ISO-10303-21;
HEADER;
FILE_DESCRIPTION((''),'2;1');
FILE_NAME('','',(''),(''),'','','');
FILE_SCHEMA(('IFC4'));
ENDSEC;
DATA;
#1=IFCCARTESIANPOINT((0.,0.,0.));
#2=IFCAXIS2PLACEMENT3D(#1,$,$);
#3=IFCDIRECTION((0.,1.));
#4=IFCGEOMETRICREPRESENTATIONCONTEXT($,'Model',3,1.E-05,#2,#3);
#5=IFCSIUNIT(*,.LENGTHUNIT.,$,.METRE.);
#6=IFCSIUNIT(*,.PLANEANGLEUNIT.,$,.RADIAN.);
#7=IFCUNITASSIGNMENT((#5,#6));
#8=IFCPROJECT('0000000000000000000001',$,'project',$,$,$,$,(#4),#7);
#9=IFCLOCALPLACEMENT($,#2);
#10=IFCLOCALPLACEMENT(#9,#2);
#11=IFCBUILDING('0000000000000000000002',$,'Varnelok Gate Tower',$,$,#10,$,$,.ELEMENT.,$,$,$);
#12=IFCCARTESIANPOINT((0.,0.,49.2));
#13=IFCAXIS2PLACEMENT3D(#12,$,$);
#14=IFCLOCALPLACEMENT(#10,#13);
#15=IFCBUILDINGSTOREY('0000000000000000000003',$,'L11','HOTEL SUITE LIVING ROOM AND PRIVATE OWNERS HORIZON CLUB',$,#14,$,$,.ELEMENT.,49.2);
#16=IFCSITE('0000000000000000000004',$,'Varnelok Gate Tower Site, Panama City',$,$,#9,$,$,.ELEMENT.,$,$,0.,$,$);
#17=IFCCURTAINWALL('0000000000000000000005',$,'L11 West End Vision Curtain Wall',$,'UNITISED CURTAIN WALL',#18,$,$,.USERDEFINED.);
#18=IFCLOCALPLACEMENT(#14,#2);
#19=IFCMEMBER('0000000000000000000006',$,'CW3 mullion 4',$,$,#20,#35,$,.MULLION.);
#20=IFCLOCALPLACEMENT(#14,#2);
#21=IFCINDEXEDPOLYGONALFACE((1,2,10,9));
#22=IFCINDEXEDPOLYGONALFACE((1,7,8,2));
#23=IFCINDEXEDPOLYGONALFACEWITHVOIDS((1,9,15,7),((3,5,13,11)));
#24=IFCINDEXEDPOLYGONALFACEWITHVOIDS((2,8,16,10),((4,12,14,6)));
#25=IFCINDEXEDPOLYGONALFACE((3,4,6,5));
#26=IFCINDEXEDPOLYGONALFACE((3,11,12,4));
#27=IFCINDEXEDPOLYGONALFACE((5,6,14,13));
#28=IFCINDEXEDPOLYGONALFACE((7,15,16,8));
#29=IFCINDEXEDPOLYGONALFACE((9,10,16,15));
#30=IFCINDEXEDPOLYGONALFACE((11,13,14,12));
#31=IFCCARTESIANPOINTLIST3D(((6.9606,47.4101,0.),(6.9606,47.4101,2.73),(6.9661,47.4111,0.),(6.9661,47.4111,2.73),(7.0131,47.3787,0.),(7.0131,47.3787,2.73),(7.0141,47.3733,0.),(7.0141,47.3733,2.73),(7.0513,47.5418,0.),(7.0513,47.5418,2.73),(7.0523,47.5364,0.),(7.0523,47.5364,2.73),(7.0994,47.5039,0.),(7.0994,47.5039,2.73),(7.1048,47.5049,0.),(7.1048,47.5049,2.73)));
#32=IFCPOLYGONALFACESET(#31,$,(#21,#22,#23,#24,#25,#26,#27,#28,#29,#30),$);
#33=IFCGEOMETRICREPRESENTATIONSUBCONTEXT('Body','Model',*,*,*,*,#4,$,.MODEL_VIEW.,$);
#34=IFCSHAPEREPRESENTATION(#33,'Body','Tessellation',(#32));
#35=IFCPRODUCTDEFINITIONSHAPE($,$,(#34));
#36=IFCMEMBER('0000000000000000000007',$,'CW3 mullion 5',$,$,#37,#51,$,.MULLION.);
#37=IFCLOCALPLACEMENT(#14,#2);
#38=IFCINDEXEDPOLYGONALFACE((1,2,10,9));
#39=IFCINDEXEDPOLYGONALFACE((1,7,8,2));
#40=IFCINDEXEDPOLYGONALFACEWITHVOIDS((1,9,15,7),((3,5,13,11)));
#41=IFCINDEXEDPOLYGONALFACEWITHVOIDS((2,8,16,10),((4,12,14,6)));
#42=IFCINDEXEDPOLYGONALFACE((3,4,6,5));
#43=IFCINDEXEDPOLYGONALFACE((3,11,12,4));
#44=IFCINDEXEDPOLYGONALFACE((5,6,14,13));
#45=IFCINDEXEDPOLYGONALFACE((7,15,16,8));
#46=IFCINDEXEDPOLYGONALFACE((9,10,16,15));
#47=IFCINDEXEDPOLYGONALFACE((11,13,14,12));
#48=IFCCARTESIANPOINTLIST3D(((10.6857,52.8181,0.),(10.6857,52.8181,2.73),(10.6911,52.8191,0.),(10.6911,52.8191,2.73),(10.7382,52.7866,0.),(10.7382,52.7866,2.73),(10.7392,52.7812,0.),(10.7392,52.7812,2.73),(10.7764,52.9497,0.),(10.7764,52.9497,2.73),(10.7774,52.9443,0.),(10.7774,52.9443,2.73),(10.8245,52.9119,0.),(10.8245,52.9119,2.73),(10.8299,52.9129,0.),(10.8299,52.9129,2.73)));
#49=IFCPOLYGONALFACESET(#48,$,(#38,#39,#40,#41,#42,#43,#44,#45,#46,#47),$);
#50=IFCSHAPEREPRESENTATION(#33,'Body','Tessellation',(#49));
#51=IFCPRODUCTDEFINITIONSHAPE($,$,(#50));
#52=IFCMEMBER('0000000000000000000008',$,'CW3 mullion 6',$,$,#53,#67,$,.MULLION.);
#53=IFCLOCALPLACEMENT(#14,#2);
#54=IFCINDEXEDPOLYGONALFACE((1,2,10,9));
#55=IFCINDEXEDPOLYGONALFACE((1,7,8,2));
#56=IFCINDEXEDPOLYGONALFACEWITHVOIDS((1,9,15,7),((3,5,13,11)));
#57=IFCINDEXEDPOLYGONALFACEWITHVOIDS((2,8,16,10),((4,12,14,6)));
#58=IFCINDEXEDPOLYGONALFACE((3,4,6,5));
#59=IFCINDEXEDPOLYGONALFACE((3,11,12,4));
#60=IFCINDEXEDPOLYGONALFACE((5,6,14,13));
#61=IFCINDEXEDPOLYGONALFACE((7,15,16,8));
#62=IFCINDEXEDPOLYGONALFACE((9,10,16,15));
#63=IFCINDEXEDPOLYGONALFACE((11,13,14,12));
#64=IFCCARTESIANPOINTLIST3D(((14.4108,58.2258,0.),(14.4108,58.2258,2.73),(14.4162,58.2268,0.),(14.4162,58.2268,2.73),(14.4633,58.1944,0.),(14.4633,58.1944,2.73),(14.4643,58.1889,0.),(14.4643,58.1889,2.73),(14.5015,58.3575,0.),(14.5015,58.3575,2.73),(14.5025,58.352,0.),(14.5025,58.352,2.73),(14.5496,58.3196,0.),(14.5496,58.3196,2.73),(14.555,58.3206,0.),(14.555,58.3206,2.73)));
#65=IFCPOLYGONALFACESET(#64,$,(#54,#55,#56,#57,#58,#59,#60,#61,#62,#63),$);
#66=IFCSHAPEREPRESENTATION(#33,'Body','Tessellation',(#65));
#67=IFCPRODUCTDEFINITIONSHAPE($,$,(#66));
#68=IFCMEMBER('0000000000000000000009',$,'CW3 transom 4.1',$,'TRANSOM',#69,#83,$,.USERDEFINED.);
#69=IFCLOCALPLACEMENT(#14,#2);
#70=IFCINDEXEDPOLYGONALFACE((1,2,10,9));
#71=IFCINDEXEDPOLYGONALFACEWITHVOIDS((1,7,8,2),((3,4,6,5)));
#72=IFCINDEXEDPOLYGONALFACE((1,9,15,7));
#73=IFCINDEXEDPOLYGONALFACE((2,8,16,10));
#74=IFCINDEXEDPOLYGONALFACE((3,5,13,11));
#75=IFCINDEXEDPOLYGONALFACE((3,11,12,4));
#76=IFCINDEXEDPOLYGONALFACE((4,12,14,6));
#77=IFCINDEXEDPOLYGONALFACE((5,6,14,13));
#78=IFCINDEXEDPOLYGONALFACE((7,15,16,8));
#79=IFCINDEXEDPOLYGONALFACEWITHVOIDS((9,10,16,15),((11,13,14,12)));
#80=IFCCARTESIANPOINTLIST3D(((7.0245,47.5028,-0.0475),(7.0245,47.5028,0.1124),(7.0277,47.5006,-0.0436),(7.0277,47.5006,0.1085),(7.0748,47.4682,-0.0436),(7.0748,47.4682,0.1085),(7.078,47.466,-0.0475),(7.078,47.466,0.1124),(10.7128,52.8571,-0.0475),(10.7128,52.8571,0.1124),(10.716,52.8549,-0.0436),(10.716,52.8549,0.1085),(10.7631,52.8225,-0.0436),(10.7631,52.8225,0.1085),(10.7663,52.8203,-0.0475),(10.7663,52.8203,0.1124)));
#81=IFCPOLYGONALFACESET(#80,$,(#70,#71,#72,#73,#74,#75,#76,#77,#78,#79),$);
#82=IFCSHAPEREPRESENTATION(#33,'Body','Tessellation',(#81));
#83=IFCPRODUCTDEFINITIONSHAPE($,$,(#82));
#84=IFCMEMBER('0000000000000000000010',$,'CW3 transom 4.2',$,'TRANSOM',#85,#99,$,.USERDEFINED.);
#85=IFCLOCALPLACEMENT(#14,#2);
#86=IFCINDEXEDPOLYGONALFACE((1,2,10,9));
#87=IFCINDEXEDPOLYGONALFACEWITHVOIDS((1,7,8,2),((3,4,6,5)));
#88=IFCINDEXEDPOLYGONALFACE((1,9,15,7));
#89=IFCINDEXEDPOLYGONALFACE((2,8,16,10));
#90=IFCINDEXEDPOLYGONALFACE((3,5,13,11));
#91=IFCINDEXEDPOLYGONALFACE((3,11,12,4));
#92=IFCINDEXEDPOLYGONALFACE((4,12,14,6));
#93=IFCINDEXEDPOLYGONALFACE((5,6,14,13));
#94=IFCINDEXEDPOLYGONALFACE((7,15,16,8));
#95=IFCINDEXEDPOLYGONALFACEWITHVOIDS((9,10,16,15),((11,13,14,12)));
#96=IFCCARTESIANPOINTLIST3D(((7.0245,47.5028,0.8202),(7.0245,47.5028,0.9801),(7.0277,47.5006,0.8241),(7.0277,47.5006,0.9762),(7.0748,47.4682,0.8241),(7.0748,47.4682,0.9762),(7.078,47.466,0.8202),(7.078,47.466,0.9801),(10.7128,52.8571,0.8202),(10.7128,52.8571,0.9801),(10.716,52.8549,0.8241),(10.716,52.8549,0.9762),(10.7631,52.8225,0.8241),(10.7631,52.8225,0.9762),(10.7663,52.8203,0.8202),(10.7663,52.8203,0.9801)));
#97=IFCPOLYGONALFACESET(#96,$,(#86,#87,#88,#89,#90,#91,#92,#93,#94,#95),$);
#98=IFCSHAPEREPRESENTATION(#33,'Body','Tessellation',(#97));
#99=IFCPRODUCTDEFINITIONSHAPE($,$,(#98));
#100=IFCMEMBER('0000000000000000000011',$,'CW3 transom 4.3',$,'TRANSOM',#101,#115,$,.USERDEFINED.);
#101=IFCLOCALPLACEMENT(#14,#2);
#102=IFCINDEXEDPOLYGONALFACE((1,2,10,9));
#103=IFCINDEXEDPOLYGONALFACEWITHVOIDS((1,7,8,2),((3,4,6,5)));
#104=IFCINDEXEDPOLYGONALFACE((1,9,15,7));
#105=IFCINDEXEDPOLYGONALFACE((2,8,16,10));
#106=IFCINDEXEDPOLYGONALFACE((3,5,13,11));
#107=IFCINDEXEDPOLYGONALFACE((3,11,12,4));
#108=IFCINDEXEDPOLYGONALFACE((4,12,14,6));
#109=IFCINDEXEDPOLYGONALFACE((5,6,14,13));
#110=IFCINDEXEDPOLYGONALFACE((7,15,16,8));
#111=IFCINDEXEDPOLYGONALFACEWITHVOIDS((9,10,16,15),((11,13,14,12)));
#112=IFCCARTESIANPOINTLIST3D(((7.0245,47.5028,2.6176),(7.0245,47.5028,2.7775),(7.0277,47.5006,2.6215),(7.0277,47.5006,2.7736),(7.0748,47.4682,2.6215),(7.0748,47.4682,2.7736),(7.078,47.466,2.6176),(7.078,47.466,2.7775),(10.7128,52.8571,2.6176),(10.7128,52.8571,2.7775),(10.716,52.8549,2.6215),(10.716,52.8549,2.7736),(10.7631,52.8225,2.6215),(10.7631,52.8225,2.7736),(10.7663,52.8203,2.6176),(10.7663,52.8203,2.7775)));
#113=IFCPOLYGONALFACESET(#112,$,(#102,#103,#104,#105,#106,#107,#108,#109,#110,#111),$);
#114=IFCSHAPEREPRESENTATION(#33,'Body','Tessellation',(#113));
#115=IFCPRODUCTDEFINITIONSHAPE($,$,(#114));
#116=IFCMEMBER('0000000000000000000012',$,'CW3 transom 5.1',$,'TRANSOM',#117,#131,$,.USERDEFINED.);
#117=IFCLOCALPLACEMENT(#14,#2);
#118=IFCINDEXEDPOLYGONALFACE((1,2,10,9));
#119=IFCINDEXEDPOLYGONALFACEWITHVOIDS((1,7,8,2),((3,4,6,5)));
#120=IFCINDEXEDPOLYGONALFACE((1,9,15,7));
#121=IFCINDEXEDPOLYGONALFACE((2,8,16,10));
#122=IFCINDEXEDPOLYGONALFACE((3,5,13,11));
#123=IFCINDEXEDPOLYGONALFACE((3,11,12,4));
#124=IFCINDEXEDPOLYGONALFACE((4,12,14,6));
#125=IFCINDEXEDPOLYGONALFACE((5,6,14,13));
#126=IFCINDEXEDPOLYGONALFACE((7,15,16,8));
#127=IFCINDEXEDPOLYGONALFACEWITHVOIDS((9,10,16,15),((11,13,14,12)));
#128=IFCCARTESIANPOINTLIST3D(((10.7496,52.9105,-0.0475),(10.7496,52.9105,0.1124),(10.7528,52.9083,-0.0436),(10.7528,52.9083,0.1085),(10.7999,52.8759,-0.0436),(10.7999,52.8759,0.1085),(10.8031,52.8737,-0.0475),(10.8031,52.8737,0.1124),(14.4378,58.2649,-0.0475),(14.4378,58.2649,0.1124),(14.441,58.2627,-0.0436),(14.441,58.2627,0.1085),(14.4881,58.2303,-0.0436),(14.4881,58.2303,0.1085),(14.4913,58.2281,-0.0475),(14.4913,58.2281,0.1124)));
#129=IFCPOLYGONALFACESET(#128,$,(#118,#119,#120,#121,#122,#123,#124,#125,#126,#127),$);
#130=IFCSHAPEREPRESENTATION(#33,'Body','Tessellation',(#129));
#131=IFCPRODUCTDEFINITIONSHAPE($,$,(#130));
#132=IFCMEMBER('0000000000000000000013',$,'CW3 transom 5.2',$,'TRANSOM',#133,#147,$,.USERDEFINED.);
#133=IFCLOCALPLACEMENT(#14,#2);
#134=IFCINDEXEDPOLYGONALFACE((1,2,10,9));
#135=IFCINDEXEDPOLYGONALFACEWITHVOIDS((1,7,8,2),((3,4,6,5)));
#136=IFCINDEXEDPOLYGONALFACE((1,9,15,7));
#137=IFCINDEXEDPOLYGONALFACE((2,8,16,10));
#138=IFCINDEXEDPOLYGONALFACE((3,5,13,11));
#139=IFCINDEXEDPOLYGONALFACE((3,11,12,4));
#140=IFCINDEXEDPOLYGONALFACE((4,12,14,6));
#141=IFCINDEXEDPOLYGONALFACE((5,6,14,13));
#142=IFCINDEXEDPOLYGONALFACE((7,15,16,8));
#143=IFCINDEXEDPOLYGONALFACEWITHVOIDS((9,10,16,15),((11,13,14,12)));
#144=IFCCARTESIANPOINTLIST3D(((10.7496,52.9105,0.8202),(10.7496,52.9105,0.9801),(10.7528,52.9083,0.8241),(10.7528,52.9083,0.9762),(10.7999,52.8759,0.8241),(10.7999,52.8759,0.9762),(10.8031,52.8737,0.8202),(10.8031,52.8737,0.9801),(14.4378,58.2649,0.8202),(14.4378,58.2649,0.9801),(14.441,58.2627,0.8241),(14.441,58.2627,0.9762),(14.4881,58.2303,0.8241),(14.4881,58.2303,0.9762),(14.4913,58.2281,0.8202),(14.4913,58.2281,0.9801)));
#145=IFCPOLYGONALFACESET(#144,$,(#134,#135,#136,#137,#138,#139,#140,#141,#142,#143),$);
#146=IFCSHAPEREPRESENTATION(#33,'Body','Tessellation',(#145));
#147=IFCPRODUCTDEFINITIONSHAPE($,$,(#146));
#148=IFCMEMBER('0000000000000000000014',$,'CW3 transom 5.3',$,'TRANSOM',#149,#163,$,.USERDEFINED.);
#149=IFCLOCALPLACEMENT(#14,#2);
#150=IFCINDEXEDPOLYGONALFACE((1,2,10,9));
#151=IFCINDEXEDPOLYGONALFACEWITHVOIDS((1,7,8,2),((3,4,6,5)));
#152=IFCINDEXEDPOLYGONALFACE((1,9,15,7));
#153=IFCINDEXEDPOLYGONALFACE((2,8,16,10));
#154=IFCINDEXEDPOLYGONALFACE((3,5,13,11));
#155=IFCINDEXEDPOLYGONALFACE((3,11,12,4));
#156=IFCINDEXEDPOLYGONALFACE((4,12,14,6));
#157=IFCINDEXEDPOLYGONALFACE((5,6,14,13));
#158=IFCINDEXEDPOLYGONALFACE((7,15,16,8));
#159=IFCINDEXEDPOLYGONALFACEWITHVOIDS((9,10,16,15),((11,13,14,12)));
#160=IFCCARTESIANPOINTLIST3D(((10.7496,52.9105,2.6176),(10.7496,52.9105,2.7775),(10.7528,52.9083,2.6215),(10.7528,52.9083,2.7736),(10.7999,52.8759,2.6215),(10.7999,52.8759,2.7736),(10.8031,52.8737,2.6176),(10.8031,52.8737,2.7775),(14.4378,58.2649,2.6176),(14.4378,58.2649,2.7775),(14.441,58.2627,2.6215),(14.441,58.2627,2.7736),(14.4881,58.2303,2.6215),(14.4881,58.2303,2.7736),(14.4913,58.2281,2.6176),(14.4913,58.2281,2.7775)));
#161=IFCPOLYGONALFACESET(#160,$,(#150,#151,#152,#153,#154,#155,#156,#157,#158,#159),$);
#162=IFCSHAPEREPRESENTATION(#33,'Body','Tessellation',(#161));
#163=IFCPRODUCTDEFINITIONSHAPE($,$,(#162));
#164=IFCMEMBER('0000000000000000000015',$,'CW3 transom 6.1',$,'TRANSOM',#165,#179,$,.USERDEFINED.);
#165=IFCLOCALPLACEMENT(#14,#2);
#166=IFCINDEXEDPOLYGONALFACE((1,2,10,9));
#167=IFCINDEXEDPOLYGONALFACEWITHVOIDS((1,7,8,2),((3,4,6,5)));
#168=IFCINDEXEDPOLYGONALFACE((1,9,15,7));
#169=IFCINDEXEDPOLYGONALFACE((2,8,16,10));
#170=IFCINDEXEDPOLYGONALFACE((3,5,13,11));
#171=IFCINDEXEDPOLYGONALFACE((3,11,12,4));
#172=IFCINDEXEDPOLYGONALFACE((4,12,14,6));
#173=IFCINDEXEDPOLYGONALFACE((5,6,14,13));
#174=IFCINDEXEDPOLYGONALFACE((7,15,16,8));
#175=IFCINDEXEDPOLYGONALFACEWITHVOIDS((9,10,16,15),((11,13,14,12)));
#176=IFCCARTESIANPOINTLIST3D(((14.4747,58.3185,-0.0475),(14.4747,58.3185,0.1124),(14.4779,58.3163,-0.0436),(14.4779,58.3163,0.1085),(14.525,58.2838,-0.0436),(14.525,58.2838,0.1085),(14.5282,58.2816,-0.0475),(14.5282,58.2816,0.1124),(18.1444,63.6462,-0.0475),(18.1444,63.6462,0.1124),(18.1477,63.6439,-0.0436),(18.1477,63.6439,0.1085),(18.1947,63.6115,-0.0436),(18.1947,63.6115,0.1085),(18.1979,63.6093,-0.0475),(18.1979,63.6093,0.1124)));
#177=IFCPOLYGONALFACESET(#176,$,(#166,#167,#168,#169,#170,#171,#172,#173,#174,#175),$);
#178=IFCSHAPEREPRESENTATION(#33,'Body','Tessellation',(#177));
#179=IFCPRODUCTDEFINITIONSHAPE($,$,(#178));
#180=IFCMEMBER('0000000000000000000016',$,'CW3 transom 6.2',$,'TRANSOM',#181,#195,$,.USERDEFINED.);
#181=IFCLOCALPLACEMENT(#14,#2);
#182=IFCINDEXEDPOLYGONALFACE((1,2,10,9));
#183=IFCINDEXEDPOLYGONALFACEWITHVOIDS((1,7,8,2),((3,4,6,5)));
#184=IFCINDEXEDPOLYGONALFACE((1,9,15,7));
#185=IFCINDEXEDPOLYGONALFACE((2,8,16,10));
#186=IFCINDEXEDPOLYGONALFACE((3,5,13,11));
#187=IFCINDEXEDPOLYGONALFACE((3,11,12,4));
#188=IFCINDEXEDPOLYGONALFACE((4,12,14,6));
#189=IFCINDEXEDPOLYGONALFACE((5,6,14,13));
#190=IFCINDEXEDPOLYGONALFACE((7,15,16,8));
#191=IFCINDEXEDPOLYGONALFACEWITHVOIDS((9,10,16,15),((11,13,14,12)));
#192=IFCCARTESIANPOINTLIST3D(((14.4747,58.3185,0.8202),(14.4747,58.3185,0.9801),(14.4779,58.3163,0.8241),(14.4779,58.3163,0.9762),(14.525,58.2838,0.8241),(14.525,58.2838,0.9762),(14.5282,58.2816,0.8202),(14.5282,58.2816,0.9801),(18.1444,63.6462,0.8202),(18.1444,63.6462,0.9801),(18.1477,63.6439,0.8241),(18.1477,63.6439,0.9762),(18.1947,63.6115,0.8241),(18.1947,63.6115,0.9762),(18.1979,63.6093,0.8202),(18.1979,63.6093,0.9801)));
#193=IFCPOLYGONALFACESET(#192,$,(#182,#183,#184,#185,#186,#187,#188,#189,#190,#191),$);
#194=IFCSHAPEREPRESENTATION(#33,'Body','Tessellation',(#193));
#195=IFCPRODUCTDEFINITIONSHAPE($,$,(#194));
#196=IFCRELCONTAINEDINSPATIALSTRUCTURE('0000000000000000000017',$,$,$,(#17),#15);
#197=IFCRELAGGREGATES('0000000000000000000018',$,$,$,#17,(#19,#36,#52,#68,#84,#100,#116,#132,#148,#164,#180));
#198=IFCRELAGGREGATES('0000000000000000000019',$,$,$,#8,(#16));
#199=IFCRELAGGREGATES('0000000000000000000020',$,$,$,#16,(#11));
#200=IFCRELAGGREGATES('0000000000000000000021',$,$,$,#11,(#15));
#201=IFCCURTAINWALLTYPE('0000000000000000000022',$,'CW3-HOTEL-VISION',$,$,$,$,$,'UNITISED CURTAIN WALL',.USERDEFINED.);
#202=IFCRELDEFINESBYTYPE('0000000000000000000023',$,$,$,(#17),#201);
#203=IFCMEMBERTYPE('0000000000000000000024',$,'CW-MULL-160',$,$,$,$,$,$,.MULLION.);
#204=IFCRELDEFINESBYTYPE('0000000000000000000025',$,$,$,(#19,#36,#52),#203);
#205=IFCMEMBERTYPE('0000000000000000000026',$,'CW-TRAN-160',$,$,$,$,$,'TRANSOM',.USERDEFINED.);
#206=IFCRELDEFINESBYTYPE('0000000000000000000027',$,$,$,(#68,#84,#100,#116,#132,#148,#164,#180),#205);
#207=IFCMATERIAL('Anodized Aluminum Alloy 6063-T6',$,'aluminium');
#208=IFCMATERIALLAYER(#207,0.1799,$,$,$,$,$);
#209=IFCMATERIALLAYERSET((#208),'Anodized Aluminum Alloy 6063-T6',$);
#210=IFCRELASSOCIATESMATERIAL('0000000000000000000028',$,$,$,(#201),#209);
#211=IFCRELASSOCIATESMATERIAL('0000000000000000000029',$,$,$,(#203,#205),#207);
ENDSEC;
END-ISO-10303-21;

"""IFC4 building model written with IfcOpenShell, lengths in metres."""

from ifc_helpers import new_model, si_unit, direction, frame, origin, origin_2d, place, context, subcontext, project, spatial, hollow_rectangle, extrude, material, layer, layer_set, material_profile, profile_set, type_object, element, aggregate, save


model = new_model("IFC4")

# Units and contexts
model_context = context("Model", 3, precision=1e-05, world=origin(), true_north=direction((0.0, 1.0)))
body_context = subcontext(model_context, "Body", "Model", "MODEL_VIEW")
ifc_project = project(units=[si_unit("LENGTHUNIT", "METRE"), si_unit("PLANEANGLEUNIT", "RADIAN")], contexts=[model_context])

# Site, building, storey
site_placement = place(None, origin())
site = spatial("IfcSite", under=ifc_project, at=site_placement, Name="Varnelok Gate Tower Site, Panama City", CompositionType="ELEMENT", RefElevation=0.0)
building_placement = place(site_placement, origin())
building = spatial("IfcBuilding", under=site, at=building_placement, Name="Varnelok Gate Tower", CompositionType="ELEMENT")
storey_placement = place(building_placement, frame((0.0, 0.0, 49.2)))
storey = spatial("IfcBuildingStorey", under=building, at=storey_placement, Name="L11", Description="HOTEL SUITE LIVING ROOM AND PRIVATE OWNERS HORIZON CLUB", CompositionType="ELEMENT", Elevation=49.2)

# Curtain wall, members
ifc_material_1 = material(Name="Anodized Aluminum Alloy 6063-T6", Category="aluminium")
ifc_layer_1 = layer(ifc_material_1, 0.1799)
ifc_layer_set_1 = layer_set([ifc_layer_1], Name="Anodized Aluminum Alloy 6063-T6")
curtain_wall_type = type_object("IfcCurtainWallType", Name="CW3-HOTEL-VISION", ElementType="UNITISED CURTAIN WALL", PredefinedType="USERDEFINED", material=ifc_layer_set_1)
curtain_wall_placement = place(storey_placement, origin())
curtain_wall = element("IfcCurtainWall", 1, at=curtain_wall_placement, inside=storey, type_object=curtain_wall_type, Name="L11 West End Vision Curtain Wall", ObjectType="UNITISED CURTAIN WALL", PredefinedType="USERDEFINED")
ifc_material_profile_1 = material_profile(ifc_material_1, hollow_rectangle(XDim=0.0649, YDim=0.1599, WallThickness=0.0039, at=origin_2d()), Name="ALU160X65X4")
ifc_profile_set_1 = profile_set([ifc_material_profile_1], Name="Anodized Aluminum Alloy 6063-T6")
member_type_1 = type_object("IfcMemberType", Name="CW-MULL-160", PredefinedType="MULLION", material=ifc_profile_set_1)
member_1_placement = place(storey_placement, frame((7.0327, 47.4575, 0.0), z_axis=(0.0, 0.0, 1.0), x_axis=(-0.823533, 0.567269, 0.0)))
member_1 = element("IfcMember", 2, at=member_1_placement, type_object=member_type_1, Name="CW3 mullion 4", PredefinedType="MULLION", context=body_context, shape_type="SweptSolid", body=[
    extrude(hollow_rectangle(XDim=0.0649, YDim=0.1599, WallThickness=0.0039, at=origin_2d()), origin(), (0.0, 0.0, 1.0), 2.73),
])
member_2_placement = place(storey_placement, frame((10.7578, 52.8655, 0.0), z_axis=(0.0, 0.0, 1.0), x_axis=(-0.823533, 0.567269, 0.0)))
member_2 = element("IfcMember", 3, at=member_2_placement, type_object=member_type_1, Name="CW3 mullion 5", PredefinedType="MULLION", context=body_context, shape_type="SweptSolid", body=[
    extrude(hollow_rectangle(XDim=0.0649, YDim=0.1599, WallThickness=0.0039, at=origin_2d()), origin(), (0.0, 0.0, 1.0), 2.73),
])
member_3_placement = place(storey_placement, frame((14.4829, 58.2732, 0.0), z_axis=(0.0, 0.0, 1.0), x_axis=(-0.823533, 0.567269, 0.0)))
member_3 = element("IfcMember", 4, at=member_3_placement, type_object=member_type_1, Name="CW3 mullion 6", PredefinedType="MULLION", context=body_context, shape_type="SweptSolid", body=[
    extrude(hollow_rectangle(XDim=0.0649, YDim=0.1599, WallThickness=0.0039, at=origin_2d()), origin(), (0.0, 0.0, 1.0), 2.73),
])
ifc_material_profile_2 = material_profile(ifc_material_1, hollow_rectangle(XDim=0.0649, YDim=0.1599, WallThickness=0.0039, at=origin_2d()), Name="ALU160X65X4")
ifc_profile_set_2 = profile_set([ifc_material_profile_2], Name="Anodized Aluminum Alloy 6063-T6")
member_type_2 = type_object("IfcMemberType", Name="CW-TRAN-160", ElementType="TRANSOM", PredefinedType="USERDEFINED", material=ifc_profile_set_2)
member_4_placement = place(storey_placement, frame((7.0513, 47.4844, 0.0325), z_axis=(0.567279, 0.823526, 0.0), x_axis=(-0.823526, 0.567279, 0.0)))
member_4 = element("IfcMember", 5, at=member_4_placement, type_object=member_type_2, Name="CW3 transom 4.1", ObjectType="TRANSOM", PredefinedType="USERDEFINED", context=body_context, shape_type="SweptSolid", body=[
    extrude(hollow_rectangle(XDim=0.0649, YDim=0.1599, WallThickness=0.0039, at=origin_2d()), origin(), (0.0, 0.0, 1.0), 6.5017),
])
member_5_placement = place(storey_placement, frame((7.0513, 47.4844, 0.9001), z_axis=(0.567279, 0.823526, 0.0), x_axis=(-0.823526, 0.567279, 0.0)))
member_5 = element("IfcMember", 6, at=member_5_placement, type_object=member_type_2, Name="CW3 transom 4.2", ObjectType="TRANSOM", PredefinedType="USERDEFINED", context=body_context, shape_type="SweptSolid", body=[
    extrude(hollow_rectangle(XDim=0.0649, YDim=0.1599, WallThickness=0.0039, at=origin_2d()), origin(), (0.0, 0.0, 1.0), 6.5017),
])
member_6_placement = place(storey_placement, frame((7.0513, 47.4844, 2.6975), z_axis=(0.567279, 0.823526, 0.0), x_axis=(-0.823526, 0.567279, 0.0)))
member_6 = element("IfcMember", 7, at=member_6_placement, type_object=member_type_2, Name="CW3 transom 4.3", ObjectType="TRANSOM", PredefinedType="USERDEFINED", context=body_context, shape_type="SweptSolid", body=[
    extrude(hollow_rectangle(XDim=0.0649, YDim=0.1599, WallThickness=0.0039, at=origin_2d()), origin(), (0.0, 0.0, 1.0), 6.5017),
])
member_7_placement = place(storey_placement, frame((10.7764, 52.8921, 0.0325), z_axis=(0.567262, 0.823538, 0.0), x_axis=(-0.823538, 0.567262, 0.0)))
member_7 = element("IfcMember", 8, at=member_7_placement, type_object=member_type_2, Name="CW3 transom 5.1", ObjectType="TRANSOM", PredefinedType="USERDEFINED", context=body_context, shape_type="SweptSolid", body=[
    extrude(hollow_rectangle(XDim=0.0649, YDim=0.1599, WallThickness=0.0039, at=origin_2d()), origin(), (0.0, 0.0, 1.0), 6.5017),
])
member_8_placement = place(storey_placement, frame((10.7764, 52.8921, 0.9001), z_axis=(0.567262, 0.823538, 0.0), x_axis=(-0.823538, 0.567262, 0.0)))
member_8 = element("IfcMember", 9, at=member_8_placement, type_object=member_type_2, Name="CW3 transom 5.2", ObjectType="TRANSOM", PredefinedType="USERDEFINED", context=body_context, shape_type="SweptSolid", body=[
    extrude(hollow_rectangle(XDim=0.0649, YDim=0.1599, WallThickness=0.0039, at=origin_2d()), origin(), (0.0, 0.0, 1.0), 6.5017),
])
member_9_placement = place(storey_placement, frame((10.7764, 52.8921, 2.6975), z_axis=(0.567262, 0.823538, 0.0), x_axis=(-0.823538, 0.567262, 0.0)))
member_9 = element("IfcMember", 10, at=member_9_placement, type_object=member_type_2, Name="CW3 transom 5.3", ObjectType="TRANSOM", PredefinedType="USERDEFINED", context=body_context, shape_type="SweptSolid", body=[
    extrude(hollow_rectangle(XDim=0.0649, YDim=0.1599, WallThickness=0.0039, at=origin_2d()), origin(), (0.0, 0.0, 1.0), 6.5017),
])
member_10_placement = place(storey_placement, frame((14.5015, 58.3, 0.0325), z_axis=(0.567256, 0.823542, 0.0), x_axis=(-0.823542, 0.567256, 0.0)))
member_10 = element("IfcMember", 11, at=member_10_placement, type_object=member_type_2, Name="CW3 transom 6.1", ObjectType="TRANSOM", PredefinedType="USERDEFINED", context=body_context, shape_type="SweptSolid", body=[
    extrude(hollow_rectangle(XDim=0.0649, YDim=0.1599, WallThickness=0.0039, at=origin_2d()), origin(), (0.0, 0.0, 1.0), 6.4692),
])
member_11_placement = place(storey_placement, frame((14.5015, 58.3, 0.9001), z_axis=(0.567256, 0.823542, 0.0), x_axis=(-0.823542, 0.567256, 0.0)))
member_11 = element("IfcMember", 12, at=member_11_placement, type_object=member_type_2, Name="CW3 transom 6.2", ObjectType="TRANSOM", PredefinedType="USERDEFINED", context=body_context, shape_type="SweptSolid", body=[
    extrude(hollow_rectangle(XDim=0.0649, YDim=0.1599, WallThickness=0.0039, at=origin_2d()), origin(), (0.0, 0.0, 1.0), 6.4692),
])
aggregate(curtain_wall, [member_1, member_2, member_3, member_4, member_5, member_6, member_7, member_8, member_9, member_10, member_11])

save(model, "model.ifc")
